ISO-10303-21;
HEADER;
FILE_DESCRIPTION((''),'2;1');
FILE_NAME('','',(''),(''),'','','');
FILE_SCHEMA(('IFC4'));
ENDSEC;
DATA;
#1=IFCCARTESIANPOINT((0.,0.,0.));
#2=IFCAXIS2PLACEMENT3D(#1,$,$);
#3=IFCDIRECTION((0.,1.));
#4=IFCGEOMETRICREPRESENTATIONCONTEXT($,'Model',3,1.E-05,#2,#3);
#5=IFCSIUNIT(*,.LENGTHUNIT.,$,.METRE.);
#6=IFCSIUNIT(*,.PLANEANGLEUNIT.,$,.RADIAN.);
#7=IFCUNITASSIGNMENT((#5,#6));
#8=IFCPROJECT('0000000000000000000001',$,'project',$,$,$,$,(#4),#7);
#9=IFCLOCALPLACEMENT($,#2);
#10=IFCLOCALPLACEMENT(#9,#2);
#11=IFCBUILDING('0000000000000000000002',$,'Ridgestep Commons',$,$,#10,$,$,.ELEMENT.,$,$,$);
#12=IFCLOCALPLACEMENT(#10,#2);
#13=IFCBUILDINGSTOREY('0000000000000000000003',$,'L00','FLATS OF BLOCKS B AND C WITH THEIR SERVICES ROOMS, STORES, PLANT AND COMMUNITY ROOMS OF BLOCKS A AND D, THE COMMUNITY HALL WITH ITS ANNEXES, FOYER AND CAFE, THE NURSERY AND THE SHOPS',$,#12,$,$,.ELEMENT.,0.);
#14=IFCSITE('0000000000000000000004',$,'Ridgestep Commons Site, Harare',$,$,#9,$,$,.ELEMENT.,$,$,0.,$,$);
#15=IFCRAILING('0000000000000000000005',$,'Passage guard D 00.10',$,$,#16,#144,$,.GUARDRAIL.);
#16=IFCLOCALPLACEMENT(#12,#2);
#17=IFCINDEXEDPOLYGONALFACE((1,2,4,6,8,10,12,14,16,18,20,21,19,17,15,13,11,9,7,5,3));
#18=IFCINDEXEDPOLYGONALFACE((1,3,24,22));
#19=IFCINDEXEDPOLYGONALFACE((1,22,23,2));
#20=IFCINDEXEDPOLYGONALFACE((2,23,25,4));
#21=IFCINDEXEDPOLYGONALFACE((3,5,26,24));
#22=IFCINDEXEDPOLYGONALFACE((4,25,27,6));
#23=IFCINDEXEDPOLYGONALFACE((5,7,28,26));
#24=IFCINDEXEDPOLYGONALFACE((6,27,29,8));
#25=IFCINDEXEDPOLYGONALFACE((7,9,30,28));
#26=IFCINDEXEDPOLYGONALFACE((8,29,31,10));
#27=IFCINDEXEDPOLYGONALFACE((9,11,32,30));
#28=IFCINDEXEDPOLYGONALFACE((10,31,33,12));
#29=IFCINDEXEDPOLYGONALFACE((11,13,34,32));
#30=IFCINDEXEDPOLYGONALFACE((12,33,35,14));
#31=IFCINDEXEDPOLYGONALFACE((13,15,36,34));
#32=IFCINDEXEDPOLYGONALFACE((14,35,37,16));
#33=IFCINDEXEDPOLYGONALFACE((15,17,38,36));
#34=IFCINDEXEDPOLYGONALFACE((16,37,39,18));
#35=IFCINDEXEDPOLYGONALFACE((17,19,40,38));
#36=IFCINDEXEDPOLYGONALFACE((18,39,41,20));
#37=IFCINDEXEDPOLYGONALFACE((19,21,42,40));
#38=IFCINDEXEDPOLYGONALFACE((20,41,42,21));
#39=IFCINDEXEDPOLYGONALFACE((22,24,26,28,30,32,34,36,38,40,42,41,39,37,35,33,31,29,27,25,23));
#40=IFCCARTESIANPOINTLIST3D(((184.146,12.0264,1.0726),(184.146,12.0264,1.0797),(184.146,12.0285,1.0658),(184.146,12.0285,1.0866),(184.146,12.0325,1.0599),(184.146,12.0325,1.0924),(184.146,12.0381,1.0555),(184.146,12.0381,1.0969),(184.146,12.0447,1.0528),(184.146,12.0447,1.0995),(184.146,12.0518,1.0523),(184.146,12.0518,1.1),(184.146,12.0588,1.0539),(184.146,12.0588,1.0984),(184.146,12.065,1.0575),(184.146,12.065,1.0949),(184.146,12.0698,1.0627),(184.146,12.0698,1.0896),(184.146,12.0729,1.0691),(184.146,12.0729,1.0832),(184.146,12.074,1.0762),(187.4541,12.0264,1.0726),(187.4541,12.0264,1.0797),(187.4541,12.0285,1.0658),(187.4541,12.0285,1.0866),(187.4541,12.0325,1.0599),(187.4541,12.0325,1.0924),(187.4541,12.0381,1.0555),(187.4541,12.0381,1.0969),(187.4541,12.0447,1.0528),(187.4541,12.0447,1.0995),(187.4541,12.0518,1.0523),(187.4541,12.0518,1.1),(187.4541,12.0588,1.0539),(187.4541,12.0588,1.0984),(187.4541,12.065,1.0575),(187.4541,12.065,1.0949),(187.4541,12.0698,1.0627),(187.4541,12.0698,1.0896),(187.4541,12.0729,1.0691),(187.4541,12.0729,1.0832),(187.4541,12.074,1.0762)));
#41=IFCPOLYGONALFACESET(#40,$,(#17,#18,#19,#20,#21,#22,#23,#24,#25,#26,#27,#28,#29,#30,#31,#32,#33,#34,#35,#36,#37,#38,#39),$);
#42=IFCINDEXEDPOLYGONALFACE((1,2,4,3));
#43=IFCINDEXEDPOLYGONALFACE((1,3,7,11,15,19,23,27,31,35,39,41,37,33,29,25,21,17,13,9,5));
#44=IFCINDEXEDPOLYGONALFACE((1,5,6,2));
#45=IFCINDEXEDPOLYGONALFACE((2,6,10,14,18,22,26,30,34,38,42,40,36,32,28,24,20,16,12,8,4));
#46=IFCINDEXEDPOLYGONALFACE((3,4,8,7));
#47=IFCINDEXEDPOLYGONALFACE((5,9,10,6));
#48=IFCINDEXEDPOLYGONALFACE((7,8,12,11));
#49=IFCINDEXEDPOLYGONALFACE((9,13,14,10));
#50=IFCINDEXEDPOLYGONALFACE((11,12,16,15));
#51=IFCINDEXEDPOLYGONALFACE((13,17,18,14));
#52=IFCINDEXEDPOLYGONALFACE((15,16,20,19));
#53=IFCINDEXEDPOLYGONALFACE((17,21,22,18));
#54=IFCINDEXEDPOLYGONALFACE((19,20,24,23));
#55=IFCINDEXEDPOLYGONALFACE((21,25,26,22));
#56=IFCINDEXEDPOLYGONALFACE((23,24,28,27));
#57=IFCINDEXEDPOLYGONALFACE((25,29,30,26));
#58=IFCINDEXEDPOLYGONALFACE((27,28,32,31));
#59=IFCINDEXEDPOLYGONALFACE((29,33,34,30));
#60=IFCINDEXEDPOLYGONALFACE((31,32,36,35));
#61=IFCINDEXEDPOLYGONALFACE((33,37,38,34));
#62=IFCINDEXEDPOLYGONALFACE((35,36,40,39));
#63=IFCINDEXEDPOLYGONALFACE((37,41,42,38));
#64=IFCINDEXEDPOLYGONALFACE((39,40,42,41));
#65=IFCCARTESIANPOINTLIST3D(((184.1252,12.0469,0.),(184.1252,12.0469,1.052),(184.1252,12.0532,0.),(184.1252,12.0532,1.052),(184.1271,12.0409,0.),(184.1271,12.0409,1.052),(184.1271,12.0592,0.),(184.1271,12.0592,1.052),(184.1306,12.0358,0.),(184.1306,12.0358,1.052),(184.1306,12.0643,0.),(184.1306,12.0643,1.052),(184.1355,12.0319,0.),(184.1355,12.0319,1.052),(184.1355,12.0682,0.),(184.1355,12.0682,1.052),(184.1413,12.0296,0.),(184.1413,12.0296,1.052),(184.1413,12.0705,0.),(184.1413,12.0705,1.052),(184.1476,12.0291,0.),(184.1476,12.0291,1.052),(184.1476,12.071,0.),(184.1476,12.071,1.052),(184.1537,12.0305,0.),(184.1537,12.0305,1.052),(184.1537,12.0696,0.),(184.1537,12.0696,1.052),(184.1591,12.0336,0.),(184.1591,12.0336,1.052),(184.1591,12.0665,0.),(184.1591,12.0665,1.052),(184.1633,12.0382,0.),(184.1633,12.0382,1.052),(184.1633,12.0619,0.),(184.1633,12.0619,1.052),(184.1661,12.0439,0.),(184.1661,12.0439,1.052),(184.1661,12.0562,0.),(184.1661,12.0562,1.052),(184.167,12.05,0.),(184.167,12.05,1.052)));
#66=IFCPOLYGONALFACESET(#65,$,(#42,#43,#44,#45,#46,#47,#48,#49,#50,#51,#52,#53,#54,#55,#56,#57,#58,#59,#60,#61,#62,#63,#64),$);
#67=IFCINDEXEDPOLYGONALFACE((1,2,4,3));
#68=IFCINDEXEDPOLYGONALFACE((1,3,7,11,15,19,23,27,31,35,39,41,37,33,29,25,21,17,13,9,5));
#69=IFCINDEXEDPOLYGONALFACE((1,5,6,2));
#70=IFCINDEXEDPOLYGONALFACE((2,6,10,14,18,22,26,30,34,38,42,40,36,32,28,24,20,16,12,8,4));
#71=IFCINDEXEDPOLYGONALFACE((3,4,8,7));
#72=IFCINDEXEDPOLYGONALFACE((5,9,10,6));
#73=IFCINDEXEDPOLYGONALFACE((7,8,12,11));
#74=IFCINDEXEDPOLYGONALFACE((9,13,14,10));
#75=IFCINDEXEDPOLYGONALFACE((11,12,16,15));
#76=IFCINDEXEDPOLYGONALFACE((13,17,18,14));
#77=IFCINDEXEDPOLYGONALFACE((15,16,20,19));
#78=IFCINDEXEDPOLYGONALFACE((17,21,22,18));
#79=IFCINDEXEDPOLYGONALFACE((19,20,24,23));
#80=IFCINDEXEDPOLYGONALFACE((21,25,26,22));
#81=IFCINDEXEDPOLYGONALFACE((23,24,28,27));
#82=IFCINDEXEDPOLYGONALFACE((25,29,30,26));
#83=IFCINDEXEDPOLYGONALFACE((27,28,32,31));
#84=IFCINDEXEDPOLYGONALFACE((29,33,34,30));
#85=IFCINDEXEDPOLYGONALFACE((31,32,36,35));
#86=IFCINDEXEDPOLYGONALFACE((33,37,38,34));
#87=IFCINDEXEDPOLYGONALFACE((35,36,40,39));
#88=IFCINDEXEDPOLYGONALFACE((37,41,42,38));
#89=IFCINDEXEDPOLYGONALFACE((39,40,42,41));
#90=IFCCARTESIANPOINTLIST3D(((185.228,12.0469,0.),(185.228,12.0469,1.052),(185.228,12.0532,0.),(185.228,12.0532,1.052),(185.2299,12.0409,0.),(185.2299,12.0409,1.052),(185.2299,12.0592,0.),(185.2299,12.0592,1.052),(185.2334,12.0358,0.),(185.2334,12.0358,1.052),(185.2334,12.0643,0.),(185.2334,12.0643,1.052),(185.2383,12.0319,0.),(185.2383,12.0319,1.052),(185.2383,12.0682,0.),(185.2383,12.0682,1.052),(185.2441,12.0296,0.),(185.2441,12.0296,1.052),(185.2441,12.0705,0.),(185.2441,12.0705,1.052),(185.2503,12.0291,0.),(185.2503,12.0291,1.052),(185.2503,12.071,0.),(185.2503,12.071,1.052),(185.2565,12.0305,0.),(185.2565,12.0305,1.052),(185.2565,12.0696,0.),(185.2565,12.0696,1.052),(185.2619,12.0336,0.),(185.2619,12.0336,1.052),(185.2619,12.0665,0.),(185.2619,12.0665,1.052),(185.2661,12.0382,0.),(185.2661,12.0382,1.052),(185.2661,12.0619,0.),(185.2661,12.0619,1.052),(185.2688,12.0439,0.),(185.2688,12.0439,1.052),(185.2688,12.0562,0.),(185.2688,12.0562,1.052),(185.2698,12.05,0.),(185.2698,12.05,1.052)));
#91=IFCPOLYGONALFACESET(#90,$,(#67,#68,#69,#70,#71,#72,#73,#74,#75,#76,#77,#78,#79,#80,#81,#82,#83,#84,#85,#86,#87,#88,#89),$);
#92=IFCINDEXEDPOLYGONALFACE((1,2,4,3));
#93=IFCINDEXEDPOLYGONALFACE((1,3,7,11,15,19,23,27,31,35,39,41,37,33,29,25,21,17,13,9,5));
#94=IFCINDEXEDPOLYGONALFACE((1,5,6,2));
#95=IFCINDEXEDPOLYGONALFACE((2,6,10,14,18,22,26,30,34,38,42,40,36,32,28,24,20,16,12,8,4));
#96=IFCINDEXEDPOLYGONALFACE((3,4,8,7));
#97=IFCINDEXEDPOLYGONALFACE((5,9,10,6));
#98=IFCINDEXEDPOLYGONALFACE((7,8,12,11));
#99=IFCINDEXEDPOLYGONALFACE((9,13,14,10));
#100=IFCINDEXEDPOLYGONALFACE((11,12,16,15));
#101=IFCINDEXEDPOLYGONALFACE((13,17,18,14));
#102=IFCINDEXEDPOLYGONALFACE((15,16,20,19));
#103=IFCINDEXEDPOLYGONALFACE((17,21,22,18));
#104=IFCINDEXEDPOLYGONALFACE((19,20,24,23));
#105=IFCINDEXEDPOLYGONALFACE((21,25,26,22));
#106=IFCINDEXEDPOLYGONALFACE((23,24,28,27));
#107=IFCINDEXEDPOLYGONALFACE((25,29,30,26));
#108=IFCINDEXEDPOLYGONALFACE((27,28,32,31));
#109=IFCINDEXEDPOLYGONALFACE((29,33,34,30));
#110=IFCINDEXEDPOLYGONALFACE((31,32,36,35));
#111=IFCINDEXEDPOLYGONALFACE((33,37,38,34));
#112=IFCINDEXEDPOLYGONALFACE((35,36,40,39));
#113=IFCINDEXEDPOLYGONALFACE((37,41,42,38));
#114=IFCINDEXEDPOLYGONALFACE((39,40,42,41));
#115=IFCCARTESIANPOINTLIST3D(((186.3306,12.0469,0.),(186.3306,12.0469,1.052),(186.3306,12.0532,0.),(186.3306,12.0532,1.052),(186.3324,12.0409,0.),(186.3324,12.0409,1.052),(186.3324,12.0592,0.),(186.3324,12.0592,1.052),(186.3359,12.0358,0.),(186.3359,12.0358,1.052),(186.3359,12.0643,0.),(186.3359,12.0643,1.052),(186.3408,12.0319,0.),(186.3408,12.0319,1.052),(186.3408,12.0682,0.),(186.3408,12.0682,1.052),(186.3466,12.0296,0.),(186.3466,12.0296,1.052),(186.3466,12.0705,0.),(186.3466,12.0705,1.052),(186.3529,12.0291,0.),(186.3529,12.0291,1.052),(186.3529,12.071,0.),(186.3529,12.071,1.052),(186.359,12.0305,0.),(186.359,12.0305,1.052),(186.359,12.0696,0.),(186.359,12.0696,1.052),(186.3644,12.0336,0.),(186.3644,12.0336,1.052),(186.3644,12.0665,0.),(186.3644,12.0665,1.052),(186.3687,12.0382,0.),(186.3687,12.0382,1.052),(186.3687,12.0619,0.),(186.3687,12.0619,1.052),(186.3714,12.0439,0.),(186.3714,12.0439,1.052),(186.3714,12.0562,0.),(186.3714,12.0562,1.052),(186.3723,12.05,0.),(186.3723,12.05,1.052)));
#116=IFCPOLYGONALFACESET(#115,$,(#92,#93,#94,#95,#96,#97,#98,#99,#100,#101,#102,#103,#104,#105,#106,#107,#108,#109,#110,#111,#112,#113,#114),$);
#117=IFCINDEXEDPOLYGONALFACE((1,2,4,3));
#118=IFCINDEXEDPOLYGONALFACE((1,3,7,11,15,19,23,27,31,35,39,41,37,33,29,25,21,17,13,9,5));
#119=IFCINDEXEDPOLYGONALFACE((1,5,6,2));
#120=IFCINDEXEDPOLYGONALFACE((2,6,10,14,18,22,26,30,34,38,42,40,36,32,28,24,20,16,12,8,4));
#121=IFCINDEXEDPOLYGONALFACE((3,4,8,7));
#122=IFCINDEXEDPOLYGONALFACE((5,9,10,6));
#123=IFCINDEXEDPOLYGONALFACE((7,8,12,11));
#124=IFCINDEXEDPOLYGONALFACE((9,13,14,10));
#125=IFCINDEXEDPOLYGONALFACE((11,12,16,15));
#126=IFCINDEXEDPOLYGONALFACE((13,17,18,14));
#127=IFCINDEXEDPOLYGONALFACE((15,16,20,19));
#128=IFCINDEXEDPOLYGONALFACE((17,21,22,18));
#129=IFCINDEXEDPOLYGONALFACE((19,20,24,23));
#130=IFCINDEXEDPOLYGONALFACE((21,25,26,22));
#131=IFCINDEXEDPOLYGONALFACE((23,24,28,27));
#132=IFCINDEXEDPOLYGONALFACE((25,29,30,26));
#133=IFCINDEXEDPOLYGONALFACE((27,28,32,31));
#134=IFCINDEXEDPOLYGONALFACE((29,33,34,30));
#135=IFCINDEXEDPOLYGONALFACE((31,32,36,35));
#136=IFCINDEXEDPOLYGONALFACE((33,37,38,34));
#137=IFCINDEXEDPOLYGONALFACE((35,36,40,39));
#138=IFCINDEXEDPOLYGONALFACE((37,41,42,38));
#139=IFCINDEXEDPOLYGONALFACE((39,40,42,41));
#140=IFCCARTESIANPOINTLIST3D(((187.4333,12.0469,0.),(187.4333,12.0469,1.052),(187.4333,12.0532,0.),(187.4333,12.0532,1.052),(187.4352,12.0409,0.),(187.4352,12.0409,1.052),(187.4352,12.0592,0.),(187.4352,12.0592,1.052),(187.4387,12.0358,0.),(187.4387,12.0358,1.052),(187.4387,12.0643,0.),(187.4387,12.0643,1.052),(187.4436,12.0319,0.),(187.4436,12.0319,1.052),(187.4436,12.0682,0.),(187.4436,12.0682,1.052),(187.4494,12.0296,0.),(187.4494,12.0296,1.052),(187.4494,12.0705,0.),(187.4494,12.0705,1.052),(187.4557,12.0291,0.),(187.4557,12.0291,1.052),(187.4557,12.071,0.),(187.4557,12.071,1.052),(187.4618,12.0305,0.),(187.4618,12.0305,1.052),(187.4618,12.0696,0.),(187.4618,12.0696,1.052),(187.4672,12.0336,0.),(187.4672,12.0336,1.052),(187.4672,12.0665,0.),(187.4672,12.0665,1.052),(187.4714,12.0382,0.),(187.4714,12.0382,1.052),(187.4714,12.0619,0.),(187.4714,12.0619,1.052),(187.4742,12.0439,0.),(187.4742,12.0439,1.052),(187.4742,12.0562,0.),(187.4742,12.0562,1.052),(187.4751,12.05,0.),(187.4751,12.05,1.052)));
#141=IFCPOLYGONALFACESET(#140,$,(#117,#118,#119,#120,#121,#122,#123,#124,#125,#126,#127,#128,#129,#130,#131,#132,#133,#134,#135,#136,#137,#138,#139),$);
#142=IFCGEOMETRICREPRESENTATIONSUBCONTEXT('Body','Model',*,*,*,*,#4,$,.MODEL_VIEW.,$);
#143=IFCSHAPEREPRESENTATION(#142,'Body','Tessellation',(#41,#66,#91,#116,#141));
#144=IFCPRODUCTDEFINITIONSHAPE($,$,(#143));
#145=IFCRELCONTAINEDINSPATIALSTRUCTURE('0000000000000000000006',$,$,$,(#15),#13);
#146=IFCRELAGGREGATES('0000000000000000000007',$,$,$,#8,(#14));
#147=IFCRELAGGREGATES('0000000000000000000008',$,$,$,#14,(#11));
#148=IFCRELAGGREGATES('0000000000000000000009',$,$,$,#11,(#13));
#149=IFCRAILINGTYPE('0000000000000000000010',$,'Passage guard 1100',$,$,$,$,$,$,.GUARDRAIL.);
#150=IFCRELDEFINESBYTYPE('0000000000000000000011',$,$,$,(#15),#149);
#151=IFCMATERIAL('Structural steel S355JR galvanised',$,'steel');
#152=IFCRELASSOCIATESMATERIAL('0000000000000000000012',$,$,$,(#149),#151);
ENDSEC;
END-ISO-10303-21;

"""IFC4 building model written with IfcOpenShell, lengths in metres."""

from ifc_helpers import new_model, si_unit, direction, frame, origin, origin_2d, place, context, subcontext, project, spatial, circle, extrude, material, type_object, element, save


model = new_model("IFC4")

# Units and contexts
model_context = context("Model", 3, precision=1e-05, world=origin(), true_north=direction((0.0, 1.0)))
body_context = subcontext(model_context, "Body", "Model", "MODEL_VIEW")
ifc_project = project(units=[si_unit("LENGTHUNIT", "METRE"), si_unit("PLANEANGLEUNIT", "RADIAN")], contexts=[model_context])

# Site, building, storey
site_placement = place(None, origin())
site = spatial("IfcSite", under=ifc_project, at=site_placement, Name="Ridgestep Commons Site, Harare", CompositionType="ELEMENT", RefElevation=0.0)
building_placement = place(site_placement, origin())
building = spatial("IfcBuilding", under=site, at=building_placement, Name="Ridgestep Commons", CompositionType="ELEMENT")
storey_placement = place(building_placement, origin())
storey = spatial("IfcBuildingStorey", under=building, at=storey_placement, Name="L00", Description="FLATS OF BLOCKS B AND C WITH THEIR SERVICES ROOMS, STORES, PLANT AND COMMUNITY ROOMS OF BLOCKS A AND D, THE COMMUNITY HALL WITH ITS ANNEXES, FOYER AND CAFE, THE NURSERY AND THE SHOPS", CompositionType="ELEMENT", Elevation=0.0)

# Railing
ifc_material_1 = material(Name="Structural steel S355JR galvanised", Category="steel")
railing_type = type_object("IfcRailingType", Name="Passage guard 1100", PredefinedType="GUARDRAIL", material=ifc_material_1)
railing_1_placement = place(storey_placement, frame((184.146, 12.05, 0.0)))
element("IfcRailing", 1, at=railing_1_placement, inside=storey, type_object=railing_type, Name="Passage guard D 00.10", PredefinedType="GUARDRAIL", context=body_context, shape_type="SweptSolid", body=[
    extrude(circle(Radius=0.0239, at=origin_2d()), frame((0.0, 0.0, 1.0762), z_axis=(1.0, 0.0, 0.0), x_axis=(0.0, 1.0, 0.0)), (0.0, 0.0, 1.0), 3.3081),
    extrude(circle(Radius=0.021, at=origin_2d()), origin(), (0.0, 0.0, 1.0), 1.052),
    extrude(circle(Radius=0.021, at=origin_2d()), frame((1.1028, 0.0, 0.0)), (0.0, 0.0, 1.0), 1.052),
    extrude(circle(Radius=0.021, at=origin_2d()), frame((2.2053, 0.0, 0.0)), (0.0, 0.0, 1.0), 1.052),
    extrude(circle(Radius=0.021, at=origin_2d()), frame((3.3081, 0.0, 0.0)), (0.0, 0.0, 1.0), 1.052),
])

save(model, "model.ifc")
